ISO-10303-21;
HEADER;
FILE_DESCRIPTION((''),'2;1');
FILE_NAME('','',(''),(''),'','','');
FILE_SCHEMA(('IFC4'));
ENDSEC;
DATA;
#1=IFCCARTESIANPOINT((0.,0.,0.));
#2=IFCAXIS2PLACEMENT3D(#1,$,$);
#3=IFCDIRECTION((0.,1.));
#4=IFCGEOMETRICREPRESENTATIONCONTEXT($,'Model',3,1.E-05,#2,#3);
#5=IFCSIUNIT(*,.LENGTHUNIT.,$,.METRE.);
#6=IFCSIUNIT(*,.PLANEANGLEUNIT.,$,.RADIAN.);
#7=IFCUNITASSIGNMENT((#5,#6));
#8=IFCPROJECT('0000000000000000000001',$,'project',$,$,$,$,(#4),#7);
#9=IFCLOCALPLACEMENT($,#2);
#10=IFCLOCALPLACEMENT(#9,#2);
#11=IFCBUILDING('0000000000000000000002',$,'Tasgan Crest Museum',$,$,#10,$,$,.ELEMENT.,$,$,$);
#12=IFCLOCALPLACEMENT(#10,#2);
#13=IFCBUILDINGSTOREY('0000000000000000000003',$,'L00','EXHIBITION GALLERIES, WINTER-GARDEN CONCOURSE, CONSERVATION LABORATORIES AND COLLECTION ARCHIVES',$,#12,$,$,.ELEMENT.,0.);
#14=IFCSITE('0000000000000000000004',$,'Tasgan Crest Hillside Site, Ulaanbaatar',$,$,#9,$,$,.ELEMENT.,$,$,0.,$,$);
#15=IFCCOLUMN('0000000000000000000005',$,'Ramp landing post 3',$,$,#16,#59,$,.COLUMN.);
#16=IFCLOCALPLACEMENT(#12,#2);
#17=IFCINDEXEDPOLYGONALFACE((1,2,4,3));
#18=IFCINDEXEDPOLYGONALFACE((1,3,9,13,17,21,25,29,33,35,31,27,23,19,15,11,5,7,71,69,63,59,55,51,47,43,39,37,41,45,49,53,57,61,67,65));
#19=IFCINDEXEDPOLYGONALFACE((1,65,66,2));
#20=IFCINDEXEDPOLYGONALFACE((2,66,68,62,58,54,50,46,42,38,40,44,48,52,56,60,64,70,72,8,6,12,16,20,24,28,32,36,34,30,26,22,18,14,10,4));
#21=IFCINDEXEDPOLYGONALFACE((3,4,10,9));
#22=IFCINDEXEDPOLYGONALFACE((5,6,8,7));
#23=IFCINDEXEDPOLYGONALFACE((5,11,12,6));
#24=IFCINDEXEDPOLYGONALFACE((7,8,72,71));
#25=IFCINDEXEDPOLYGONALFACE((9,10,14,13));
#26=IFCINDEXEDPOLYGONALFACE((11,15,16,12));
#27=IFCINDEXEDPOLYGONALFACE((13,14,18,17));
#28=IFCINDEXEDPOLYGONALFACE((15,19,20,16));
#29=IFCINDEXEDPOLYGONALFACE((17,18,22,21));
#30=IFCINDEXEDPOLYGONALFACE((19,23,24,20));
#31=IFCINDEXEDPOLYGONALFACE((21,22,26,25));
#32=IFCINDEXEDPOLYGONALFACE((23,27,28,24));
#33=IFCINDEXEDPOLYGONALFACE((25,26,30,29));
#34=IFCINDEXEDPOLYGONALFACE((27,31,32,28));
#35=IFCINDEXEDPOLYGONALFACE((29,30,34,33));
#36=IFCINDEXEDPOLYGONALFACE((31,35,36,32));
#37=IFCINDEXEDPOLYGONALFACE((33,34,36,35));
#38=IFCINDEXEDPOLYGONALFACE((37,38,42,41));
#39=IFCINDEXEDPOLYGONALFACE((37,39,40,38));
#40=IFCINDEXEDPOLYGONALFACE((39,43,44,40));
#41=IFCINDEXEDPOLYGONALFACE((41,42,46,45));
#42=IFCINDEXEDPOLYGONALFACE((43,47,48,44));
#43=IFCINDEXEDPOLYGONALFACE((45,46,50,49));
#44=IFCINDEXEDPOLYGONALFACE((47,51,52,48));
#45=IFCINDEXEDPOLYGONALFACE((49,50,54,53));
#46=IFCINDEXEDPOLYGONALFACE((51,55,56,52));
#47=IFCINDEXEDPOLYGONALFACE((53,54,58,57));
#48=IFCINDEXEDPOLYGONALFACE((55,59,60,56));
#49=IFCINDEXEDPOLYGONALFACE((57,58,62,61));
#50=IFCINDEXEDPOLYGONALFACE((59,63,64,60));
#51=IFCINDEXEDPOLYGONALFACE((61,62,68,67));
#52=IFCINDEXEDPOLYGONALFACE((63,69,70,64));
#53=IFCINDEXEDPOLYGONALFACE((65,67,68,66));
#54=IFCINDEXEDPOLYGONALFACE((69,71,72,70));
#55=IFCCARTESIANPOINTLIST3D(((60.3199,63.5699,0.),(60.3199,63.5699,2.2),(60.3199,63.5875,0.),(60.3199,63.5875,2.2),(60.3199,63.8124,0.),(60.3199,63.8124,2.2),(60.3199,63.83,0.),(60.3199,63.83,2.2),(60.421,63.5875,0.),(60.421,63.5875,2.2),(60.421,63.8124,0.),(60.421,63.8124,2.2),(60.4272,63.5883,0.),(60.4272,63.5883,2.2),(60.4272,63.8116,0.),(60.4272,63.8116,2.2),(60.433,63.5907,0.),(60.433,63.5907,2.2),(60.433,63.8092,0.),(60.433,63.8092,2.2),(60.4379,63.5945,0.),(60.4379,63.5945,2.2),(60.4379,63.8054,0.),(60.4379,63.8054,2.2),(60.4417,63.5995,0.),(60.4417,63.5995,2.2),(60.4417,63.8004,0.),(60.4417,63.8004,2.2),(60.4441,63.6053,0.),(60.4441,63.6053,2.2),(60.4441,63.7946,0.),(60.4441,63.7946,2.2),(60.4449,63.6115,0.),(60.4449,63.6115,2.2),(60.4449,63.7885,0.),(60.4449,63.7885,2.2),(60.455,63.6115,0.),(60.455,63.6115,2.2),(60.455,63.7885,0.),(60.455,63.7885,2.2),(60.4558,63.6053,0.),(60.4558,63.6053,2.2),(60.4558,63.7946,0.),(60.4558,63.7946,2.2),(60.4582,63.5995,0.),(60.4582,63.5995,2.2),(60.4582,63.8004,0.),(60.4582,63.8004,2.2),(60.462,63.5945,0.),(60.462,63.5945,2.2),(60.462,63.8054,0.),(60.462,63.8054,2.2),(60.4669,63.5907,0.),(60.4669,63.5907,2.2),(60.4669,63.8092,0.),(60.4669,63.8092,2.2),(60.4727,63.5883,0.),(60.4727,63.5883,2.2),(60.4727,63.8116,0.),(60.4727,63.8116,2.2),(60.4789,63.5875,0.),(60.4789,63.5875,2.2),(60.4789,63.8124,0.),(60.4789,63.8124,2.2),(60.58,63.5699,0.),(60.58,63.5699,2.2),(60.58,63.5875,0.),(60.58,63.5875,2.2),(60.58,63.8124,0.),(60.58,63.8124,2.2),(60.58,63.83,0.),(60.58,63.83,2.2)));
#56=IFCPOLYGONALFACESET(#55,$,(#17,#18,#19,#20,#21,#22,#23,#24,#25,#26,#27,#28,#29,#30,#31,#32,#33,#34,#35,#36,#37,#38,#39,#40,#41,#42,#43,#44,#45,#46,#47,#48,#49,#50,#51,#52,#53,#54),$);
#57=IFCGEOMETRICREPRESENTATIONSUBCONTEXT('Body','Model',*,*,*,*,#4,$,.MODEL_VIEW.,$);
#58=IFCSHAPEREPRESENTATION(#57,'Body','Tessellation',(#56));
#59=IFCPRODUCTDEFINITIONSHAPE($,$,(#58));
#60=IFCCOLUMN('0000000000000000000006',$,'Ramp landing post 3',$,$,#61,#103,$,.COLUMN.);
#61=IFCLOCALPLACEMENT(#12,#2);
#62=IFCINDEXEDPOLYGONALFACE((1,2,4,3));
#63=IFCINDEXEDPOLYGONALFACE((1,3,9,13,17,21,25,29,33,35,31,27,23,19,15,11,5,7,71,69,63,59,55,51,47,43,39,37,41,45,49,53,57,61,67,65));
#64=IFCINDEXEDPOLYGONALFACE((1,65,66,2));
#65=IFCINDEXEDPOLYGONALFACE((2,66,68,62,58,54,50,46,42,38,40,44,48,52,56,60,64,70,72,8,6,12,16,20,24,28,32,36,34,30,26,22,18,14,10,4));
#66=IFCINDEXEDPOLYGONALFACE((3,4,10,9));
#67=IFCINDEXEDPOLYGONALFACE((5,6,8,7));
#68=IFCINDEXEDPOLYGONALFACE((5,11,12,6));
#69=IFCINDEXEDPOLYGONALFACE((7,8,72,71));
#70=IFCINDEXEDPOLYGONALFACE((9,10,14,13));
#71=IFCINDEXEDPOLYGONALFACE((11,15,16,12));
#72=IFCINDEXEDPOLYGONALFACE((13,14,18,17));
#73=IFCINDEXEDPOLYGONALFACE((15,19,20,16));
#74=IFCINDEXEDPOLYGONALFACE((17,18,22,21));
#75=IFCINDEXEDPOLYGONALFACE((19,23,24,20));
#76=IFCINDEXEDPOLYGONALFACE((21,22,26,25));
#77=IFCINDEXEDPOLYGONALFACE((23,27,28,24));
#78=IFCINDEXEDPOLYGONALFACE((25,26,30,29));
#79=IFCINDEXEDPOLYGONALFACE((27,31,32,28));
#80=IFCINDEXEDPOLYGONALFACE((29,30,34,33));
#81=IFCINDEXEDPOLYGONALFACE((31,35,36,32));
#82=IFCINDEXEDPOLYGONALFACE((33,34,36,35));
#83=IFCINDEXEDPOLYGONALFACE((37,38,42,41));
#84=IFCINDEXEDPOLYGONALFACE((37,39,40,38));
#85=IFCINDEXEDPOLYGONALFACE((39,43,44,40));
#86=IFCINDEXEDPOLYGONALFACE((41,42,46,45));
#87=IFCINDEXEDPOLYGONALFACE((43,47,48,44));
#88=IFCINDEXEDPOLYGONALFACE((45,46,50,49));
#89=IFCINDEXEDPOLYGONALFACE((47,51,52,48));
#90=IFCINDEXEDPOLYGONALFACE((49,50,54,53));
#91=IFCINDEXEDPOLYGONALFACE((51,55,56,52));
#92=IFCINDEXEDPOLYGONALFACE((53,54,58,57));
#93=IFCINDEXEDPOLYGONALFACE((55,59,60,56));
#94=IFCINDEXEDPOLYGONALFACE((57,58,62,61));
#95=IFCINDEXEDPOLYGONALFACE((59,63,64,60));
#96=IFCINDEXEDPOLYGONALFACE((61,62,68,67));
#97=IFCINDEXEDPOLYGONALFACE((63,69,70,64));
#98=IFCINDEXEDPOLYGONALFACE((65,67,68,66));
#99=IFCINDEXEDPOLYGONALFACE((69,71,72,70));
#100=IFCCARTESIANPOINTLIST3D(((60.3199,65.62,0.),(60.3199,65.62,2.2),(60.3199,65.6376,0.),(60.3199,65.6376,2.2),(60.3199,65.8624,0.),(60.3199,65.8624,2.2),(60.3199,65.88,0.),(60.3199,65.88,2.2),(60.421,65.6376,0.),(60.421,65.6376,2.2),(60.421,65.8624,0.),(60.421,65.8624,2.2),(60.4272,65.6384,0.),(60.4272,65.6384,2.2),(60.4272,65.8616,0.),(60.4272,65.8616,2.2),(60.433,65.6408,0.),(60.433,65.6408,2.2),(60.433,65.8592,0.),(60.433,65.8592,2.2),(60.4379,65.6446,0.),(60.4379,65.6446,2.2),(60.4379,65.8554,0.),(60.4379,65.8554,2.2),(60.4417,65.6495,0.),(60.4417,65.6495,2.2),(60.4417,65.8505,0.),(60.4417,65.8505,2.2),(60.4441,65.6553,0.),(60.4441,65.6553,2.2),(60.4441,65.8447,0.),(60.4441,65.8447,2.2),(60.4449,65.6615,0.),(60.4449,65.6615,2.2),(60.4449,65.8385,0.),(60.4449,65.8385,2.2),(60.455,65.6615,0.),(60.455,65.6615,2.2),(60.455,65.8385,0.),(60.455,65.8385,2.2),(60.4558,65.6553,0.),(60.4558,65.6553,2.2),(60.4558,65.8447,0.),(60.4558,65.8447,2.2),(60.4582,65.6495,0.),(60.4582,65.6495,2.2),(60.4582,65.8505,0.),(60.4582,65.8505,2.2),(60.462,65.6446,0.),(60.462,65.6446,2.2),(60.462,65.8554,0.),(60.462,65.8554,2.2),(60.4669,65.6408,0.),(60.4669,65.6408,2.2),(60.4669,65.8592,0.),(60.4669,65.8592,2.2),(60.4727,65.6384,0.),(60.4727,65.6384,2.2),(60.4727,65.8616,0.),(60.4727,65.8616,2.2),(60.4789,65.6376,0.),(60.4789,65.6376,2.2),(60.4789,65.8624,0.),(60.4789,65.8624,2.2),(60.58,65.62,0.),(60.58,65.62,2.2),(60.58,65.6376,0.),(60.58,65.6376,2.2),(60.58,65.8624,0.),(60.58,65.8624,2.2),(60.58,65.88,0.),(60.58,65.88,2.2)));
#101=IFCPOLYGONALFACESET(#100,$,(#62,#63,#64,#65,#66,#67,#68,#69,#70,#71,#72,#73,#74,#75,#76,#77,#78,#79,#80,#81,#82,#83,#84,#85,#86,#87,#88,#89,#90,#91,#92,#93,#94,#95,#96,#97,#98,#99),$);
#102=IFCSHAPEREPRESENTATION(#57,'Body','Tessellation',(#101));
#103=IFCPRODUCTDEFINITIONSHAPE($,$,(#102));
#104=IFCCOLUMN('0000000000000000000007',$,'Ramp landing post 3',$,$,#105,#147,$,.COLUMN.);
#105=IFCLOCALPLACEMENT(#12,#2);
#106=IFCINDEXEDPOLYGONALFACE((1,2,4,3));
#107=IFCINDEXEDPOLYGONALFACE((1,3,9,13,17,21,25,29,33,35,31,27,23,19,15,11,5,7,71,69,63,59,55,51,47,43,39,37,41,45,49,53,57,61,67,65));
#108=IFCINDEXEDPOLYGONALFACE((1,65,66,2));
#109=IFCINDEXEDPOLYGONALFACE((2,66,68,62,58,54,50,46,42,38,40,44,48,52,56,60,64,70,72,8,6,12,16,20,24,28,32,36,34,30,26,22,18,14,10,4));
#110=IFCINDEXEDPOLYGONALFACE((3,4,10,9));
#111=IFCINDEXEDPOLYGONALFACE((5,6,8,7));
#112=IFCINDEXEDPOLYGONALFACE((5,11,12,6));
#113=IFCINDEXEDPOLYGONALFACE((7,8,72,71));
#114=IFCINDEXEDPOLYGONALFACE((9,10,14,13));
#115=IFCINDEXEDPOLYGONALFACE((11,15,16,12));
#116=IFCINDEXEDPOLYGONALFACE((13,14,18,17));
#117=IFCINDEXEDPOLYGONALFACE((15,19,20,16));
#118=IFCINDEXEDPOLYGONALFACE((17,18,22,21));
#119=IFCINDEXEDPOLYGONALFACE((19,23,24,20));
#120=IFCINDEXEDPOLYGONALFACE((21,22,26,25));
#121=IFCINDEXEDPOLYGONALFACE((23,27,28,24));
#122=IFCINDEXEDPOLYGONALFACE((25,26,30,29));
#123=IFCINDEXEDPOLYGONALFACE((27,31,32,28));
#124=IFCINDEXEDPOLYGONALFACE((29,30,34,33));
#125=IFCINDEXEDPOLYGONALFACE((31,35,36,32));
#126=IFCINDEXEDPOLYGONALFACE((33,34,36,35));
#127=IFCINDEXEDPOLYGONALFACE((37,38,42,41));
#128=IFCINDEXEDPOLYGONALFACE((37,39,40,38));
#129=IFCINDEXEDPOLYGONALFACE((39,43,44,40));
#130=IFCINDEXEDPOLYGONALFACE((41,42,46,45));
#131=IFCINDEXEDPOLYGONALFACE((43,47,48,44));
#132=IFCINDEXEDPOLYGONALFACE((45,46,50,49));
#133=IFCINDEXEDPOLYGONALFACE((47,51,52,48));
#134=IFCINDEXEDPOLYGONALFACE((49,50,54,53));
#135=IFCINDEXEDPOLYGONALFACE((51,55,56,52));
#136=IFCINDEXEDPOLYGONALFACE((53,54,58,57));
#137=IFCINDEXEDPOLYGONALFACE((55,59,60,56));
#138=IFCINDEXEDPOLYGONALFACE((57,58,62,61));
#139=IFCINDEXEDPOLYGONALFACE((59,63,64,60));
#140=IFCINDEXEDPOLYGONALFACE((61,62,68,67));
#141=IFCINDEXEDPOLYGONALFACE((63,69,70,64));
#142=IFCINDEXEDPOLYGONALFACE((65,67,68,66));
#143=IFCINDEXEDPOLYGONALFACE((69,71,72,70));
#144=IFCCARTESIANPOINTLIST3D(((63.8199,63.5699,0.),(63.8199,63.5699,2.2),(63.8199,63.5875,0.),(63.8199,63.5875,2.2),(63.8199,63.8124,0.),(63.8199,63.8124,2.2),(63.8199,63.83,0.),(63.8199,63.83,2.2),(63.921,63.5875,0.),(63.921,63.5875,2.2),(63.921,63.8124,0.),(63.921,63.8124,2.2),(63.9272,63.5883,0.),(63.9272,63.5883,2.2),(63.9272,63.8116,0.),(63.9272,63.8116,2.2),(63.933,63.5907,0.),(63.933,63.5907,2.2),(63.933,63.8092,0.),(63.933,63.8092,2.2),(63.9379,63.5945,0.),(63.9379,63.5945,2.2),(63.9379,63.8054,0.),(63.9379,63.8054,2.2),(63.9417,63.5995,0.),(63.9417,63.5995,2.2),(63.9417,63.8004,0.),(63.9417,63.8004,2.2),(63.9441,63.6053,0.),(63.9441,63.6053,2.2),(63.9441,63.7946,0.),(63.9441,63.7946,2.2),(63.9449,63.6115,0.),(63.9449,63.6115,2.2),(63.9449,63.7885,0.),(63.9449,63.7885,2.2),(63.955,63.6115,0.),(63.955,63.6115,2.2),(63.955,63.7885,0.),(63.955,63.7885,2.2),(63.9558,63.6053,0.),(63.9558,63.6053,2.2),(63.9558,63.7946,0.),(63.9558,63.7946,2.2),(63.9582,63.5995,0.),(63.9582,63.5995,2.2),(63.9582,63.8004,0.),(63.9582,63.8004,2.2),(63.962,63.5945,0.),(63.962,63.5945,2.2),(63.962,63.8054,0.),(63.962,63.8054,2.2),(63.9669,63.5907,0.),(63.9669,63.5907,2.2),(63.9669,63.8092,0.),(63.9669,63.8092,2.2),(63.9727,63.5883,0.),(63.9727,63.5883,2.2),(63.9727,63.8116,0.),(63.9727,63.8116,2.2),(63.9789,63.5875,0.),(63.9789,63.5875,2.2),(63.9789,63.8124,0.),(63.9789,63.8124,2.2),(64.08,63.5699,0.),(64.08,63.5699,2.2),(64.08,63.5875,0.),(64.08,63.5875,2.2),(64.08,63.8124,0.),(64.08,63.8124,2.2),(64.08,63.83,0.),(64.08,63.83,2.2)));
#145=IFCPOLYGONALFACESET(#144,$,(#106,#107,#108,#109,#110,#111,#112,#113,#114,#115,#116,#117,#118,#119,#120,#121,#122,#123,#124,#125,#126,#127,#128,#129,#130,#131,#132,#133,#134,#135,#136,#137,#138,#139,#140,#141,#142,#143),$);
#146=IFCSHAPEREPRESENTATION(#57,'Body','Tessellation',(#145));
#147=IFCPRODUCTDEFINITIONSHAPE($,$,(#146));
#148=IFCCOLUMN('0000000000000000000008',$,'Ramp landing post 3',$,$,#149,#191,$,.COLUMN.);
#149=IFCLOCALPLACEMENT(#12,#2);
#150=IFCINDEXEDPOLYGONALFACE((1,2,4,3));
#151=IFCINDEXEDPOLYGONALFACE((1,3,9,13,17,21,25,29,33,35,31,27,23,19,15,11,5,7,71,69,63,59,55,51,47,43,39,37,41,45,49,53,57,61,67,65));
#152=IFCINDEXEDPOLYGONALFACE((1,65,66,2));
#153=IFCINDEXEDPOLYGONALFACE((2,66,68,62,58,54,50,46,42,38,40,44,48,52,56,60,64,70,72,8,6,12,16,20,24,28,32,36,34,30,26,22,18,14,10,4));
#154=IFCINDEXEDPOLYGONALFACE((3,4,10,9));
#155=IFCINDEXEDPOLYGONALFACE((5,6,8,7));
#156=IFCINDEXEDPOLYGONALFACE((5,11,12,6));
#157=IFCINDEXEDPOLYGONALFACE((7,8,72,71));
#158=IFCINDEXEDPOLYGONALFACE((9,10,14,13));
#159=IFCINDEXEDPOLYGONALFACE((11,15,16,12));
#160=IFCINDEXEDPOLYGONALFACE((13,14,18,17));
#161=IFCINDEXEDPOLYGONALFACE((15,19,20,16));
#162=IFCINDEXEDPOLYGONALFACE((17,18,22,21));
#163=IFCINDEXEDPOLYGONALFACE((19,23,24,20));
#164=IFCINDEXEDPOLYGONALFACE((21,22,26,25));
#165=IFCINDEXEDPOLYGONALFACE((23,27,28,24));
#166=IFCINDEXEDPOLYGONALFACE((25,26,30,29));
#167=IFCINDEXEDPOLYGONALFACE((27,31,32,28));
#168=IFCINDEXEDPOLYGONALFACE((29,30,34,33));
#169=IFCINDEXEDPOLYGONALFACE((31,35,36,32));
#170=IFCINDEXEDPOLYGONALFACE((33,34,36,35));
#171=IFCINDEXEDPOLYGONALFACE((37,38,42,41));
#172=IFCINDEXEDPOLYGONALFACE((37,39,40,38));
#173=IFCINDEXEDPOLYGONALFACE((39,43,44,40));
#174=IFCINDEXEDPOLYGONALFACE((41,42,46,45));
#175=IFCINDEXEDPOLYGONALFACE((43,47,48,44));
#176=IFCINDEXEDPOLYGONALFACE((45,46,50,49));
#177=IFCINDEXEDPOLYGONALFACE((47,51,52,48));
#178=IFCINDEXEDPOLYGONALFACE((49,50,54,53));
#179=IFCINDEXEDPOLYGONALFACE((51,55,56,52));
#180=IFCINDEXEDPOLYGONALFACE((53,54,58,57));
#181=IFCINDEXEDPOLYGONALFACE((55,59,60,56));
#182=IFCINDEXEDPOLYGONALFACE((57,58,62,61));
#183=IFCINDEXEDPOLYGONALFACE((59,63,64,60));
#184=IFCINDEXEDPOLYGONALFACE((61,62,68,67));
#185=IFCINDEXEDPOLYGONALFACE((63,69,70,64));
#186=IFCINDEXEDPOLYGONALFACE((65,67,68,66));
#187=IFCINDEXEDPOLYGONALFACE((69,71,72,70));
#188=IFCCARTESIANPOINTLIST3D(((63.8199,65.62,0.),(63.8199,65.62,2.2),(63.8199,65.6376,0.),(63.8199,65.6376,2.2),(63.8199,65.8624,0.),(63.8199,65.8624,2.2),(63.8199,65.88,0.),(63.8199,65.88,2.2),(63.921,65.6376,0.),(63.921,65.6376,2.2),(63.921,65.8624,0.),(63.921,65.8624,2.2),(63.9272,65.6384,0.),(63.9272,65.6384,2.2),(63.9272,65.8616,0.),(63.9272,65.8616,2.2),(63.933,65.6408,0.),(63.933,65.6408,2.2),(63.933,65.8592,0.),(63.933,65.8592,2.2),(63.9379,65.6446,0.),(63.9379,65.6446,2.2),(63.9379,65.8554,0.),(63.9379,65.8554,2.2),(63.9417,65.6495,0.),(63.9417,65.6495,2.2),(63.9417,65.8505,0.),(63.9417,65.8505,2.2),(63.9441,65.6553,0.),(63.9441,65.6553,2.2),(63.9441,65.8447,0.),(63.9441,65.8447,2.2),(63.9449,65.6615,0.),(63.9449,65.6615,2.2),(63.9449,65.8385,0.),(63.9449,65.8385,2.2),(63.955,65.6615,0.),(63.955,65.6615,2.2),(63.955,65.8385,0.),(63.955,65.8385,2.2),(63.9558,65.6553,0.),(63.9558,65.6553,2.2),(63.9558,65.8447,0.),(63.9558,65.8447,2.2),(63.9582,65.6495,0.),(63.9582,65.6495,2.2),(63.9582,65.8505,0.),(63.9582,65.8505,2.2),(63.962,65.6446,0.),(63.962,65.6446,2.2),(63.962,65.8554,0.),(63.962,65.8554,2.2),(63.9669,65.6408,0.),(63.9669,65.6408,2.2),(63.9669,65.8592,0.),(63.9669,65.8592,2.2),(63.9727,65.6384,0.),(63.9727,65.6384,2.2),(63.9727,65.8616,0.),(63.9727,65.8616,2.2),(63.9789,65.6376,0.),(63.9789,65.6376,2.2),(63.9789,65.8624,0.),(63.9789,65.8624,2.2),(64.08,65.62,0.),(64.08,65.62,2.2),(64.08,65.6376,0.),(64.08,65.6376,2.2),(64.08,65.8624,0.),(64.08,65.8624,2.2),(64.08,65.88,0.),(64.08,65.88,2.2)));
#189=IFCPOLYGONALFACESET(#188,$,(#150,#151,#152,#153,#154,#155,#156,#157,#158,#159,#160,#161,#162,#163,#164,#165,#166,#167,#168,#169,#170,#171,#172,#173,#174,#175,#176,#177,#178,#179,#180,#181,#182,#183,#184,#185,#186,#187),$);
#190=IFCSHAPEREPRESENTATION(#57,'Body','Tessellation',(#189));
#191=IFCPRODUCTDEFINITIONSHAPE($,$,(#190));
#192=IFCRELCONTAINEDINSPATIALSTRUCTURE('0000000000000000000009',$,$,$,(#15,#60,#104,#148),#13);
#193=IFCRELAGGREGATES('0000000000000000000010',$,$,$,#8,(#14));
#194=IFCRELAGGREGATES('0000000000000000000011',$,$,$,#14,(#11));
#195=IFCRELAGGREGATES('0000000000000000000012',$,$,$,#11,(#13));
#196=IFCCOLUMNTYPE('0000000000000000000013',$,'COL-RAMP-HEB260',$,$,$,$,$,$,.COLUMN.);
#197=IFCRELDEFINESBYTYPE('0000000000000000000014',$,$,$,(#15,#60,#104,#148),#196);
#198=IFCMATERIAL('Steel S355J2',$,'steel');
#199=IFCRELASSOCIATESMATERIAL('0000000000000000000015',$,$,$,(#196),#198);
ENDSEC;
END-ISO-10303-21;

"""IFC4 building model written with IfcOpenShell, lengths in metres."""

from ifc_helpers import new_model, si_unit, direction, frame, origin, origin_2d, place, context, subcontext, project, spatial, i_section, extrude, material, material_profile, profile_set, type_object, element, save


model = new_model("IFC4")

# Units and contexts
model_context = context("Model", 3, precision=1e-05, world=origin(), true_north=direction((0.0, 1.0)))
body_context = subcontext(model_context, "Body", "Model", "MODEL_VIEW")
ifc_project = project(units=[si_unit("LENGTHUNIT", "METRE"), si_unit("PLANEANGLEUNIT", "RADIAN")], contexts=[model_context])

# Site, building, storey
site_placement = place(None, origin())
site = spatial("IfcSite", under=ifc_project, at=site_placement, Name="Tasgan Crest Hillside Site, Ulaanbaatar", CompositionType="ELEMENT", RefElevation=0.0)
building_placement = place(site_placement, origin())
building = spatial("IfcBuilding", under=site, at=building_placement, Name="Tasgan Crest Museum", CompositionType="ELEMENT")
storey_placement = place(building_placement, origin())
storey = spatial("IfcBuildingStorey", under=building, at=storey_placement, Name="L00", Description="EXHIBITION GALLERIES, WINTER-GARDEN CONCOURSE, CONSERVATION LABORATORIES AND COLLECTION ARCHIVES", CompositionType="ELEMENT", Elevation=0.0)

# Columns
ifc_material_1 = material(Name="Steel S355J2", Category="steel")
ifc_material_profile_1 = material_profile(ifc_material_1, i_section(OverallWidth=0.26, OverallDepth=0.26, WebThickness=0.01, FlangeThickness=0.0176, FilletRadius=0.0239, at=origin_2d()), Name="HEB 260")
ifc_profile_set_1 = profile_set([ifc_material_profile_1], Name="Steel S355J2")
column_type_1 = type_object("IfcColumnType", Name="COL-RAMP-HEB260", PredefinedType="COLUMN", material=ifc_profile_set_1)
for number, where, z_axis, x_axis, name in (
    (1, (60.45, 63.7, 0.0), (0.0, 0.0, 1.0), (1.0, 0.0, 0.0), "Ramp landing post 3"),
    (2, (60.45, 65.75, 0.0), (0.0, 0.0, 1.0), (1.0, 0.0, 0.0), "Ramp landing post 3"),
    (3, (63.95, 63.7, 0.0), (0.0, 0.0, 1.0), (1.0, 0.0, 0.0), "Ramp landing post 3"),
    (4, (63.95, 65.75, 0.0), (0.0, 0.0, 1.0), (1.0, 0.0, 0.0), "Ramp landing post 3"),
):
    element("IfcColumn", number, at=place(storey_placement, frame(where, z_axis=z_axis, x_axis=x_axis)), inside=storey, type_object=column_type_1, Name=name, PredefinedType="COLUMN", context=body_context, shape_type="SweptSolid", body=[
        extrude(i_section(OverallWidth=0.26, OverallDepth=0.26, WebThickness=0.01, FlangeThickness=0.0176, FilletRadius=0.0239, at=origin_2d()), origin(), (0.0, 0.0, 1.0), 2.2),
    ])

save(model, "model.ifc")
